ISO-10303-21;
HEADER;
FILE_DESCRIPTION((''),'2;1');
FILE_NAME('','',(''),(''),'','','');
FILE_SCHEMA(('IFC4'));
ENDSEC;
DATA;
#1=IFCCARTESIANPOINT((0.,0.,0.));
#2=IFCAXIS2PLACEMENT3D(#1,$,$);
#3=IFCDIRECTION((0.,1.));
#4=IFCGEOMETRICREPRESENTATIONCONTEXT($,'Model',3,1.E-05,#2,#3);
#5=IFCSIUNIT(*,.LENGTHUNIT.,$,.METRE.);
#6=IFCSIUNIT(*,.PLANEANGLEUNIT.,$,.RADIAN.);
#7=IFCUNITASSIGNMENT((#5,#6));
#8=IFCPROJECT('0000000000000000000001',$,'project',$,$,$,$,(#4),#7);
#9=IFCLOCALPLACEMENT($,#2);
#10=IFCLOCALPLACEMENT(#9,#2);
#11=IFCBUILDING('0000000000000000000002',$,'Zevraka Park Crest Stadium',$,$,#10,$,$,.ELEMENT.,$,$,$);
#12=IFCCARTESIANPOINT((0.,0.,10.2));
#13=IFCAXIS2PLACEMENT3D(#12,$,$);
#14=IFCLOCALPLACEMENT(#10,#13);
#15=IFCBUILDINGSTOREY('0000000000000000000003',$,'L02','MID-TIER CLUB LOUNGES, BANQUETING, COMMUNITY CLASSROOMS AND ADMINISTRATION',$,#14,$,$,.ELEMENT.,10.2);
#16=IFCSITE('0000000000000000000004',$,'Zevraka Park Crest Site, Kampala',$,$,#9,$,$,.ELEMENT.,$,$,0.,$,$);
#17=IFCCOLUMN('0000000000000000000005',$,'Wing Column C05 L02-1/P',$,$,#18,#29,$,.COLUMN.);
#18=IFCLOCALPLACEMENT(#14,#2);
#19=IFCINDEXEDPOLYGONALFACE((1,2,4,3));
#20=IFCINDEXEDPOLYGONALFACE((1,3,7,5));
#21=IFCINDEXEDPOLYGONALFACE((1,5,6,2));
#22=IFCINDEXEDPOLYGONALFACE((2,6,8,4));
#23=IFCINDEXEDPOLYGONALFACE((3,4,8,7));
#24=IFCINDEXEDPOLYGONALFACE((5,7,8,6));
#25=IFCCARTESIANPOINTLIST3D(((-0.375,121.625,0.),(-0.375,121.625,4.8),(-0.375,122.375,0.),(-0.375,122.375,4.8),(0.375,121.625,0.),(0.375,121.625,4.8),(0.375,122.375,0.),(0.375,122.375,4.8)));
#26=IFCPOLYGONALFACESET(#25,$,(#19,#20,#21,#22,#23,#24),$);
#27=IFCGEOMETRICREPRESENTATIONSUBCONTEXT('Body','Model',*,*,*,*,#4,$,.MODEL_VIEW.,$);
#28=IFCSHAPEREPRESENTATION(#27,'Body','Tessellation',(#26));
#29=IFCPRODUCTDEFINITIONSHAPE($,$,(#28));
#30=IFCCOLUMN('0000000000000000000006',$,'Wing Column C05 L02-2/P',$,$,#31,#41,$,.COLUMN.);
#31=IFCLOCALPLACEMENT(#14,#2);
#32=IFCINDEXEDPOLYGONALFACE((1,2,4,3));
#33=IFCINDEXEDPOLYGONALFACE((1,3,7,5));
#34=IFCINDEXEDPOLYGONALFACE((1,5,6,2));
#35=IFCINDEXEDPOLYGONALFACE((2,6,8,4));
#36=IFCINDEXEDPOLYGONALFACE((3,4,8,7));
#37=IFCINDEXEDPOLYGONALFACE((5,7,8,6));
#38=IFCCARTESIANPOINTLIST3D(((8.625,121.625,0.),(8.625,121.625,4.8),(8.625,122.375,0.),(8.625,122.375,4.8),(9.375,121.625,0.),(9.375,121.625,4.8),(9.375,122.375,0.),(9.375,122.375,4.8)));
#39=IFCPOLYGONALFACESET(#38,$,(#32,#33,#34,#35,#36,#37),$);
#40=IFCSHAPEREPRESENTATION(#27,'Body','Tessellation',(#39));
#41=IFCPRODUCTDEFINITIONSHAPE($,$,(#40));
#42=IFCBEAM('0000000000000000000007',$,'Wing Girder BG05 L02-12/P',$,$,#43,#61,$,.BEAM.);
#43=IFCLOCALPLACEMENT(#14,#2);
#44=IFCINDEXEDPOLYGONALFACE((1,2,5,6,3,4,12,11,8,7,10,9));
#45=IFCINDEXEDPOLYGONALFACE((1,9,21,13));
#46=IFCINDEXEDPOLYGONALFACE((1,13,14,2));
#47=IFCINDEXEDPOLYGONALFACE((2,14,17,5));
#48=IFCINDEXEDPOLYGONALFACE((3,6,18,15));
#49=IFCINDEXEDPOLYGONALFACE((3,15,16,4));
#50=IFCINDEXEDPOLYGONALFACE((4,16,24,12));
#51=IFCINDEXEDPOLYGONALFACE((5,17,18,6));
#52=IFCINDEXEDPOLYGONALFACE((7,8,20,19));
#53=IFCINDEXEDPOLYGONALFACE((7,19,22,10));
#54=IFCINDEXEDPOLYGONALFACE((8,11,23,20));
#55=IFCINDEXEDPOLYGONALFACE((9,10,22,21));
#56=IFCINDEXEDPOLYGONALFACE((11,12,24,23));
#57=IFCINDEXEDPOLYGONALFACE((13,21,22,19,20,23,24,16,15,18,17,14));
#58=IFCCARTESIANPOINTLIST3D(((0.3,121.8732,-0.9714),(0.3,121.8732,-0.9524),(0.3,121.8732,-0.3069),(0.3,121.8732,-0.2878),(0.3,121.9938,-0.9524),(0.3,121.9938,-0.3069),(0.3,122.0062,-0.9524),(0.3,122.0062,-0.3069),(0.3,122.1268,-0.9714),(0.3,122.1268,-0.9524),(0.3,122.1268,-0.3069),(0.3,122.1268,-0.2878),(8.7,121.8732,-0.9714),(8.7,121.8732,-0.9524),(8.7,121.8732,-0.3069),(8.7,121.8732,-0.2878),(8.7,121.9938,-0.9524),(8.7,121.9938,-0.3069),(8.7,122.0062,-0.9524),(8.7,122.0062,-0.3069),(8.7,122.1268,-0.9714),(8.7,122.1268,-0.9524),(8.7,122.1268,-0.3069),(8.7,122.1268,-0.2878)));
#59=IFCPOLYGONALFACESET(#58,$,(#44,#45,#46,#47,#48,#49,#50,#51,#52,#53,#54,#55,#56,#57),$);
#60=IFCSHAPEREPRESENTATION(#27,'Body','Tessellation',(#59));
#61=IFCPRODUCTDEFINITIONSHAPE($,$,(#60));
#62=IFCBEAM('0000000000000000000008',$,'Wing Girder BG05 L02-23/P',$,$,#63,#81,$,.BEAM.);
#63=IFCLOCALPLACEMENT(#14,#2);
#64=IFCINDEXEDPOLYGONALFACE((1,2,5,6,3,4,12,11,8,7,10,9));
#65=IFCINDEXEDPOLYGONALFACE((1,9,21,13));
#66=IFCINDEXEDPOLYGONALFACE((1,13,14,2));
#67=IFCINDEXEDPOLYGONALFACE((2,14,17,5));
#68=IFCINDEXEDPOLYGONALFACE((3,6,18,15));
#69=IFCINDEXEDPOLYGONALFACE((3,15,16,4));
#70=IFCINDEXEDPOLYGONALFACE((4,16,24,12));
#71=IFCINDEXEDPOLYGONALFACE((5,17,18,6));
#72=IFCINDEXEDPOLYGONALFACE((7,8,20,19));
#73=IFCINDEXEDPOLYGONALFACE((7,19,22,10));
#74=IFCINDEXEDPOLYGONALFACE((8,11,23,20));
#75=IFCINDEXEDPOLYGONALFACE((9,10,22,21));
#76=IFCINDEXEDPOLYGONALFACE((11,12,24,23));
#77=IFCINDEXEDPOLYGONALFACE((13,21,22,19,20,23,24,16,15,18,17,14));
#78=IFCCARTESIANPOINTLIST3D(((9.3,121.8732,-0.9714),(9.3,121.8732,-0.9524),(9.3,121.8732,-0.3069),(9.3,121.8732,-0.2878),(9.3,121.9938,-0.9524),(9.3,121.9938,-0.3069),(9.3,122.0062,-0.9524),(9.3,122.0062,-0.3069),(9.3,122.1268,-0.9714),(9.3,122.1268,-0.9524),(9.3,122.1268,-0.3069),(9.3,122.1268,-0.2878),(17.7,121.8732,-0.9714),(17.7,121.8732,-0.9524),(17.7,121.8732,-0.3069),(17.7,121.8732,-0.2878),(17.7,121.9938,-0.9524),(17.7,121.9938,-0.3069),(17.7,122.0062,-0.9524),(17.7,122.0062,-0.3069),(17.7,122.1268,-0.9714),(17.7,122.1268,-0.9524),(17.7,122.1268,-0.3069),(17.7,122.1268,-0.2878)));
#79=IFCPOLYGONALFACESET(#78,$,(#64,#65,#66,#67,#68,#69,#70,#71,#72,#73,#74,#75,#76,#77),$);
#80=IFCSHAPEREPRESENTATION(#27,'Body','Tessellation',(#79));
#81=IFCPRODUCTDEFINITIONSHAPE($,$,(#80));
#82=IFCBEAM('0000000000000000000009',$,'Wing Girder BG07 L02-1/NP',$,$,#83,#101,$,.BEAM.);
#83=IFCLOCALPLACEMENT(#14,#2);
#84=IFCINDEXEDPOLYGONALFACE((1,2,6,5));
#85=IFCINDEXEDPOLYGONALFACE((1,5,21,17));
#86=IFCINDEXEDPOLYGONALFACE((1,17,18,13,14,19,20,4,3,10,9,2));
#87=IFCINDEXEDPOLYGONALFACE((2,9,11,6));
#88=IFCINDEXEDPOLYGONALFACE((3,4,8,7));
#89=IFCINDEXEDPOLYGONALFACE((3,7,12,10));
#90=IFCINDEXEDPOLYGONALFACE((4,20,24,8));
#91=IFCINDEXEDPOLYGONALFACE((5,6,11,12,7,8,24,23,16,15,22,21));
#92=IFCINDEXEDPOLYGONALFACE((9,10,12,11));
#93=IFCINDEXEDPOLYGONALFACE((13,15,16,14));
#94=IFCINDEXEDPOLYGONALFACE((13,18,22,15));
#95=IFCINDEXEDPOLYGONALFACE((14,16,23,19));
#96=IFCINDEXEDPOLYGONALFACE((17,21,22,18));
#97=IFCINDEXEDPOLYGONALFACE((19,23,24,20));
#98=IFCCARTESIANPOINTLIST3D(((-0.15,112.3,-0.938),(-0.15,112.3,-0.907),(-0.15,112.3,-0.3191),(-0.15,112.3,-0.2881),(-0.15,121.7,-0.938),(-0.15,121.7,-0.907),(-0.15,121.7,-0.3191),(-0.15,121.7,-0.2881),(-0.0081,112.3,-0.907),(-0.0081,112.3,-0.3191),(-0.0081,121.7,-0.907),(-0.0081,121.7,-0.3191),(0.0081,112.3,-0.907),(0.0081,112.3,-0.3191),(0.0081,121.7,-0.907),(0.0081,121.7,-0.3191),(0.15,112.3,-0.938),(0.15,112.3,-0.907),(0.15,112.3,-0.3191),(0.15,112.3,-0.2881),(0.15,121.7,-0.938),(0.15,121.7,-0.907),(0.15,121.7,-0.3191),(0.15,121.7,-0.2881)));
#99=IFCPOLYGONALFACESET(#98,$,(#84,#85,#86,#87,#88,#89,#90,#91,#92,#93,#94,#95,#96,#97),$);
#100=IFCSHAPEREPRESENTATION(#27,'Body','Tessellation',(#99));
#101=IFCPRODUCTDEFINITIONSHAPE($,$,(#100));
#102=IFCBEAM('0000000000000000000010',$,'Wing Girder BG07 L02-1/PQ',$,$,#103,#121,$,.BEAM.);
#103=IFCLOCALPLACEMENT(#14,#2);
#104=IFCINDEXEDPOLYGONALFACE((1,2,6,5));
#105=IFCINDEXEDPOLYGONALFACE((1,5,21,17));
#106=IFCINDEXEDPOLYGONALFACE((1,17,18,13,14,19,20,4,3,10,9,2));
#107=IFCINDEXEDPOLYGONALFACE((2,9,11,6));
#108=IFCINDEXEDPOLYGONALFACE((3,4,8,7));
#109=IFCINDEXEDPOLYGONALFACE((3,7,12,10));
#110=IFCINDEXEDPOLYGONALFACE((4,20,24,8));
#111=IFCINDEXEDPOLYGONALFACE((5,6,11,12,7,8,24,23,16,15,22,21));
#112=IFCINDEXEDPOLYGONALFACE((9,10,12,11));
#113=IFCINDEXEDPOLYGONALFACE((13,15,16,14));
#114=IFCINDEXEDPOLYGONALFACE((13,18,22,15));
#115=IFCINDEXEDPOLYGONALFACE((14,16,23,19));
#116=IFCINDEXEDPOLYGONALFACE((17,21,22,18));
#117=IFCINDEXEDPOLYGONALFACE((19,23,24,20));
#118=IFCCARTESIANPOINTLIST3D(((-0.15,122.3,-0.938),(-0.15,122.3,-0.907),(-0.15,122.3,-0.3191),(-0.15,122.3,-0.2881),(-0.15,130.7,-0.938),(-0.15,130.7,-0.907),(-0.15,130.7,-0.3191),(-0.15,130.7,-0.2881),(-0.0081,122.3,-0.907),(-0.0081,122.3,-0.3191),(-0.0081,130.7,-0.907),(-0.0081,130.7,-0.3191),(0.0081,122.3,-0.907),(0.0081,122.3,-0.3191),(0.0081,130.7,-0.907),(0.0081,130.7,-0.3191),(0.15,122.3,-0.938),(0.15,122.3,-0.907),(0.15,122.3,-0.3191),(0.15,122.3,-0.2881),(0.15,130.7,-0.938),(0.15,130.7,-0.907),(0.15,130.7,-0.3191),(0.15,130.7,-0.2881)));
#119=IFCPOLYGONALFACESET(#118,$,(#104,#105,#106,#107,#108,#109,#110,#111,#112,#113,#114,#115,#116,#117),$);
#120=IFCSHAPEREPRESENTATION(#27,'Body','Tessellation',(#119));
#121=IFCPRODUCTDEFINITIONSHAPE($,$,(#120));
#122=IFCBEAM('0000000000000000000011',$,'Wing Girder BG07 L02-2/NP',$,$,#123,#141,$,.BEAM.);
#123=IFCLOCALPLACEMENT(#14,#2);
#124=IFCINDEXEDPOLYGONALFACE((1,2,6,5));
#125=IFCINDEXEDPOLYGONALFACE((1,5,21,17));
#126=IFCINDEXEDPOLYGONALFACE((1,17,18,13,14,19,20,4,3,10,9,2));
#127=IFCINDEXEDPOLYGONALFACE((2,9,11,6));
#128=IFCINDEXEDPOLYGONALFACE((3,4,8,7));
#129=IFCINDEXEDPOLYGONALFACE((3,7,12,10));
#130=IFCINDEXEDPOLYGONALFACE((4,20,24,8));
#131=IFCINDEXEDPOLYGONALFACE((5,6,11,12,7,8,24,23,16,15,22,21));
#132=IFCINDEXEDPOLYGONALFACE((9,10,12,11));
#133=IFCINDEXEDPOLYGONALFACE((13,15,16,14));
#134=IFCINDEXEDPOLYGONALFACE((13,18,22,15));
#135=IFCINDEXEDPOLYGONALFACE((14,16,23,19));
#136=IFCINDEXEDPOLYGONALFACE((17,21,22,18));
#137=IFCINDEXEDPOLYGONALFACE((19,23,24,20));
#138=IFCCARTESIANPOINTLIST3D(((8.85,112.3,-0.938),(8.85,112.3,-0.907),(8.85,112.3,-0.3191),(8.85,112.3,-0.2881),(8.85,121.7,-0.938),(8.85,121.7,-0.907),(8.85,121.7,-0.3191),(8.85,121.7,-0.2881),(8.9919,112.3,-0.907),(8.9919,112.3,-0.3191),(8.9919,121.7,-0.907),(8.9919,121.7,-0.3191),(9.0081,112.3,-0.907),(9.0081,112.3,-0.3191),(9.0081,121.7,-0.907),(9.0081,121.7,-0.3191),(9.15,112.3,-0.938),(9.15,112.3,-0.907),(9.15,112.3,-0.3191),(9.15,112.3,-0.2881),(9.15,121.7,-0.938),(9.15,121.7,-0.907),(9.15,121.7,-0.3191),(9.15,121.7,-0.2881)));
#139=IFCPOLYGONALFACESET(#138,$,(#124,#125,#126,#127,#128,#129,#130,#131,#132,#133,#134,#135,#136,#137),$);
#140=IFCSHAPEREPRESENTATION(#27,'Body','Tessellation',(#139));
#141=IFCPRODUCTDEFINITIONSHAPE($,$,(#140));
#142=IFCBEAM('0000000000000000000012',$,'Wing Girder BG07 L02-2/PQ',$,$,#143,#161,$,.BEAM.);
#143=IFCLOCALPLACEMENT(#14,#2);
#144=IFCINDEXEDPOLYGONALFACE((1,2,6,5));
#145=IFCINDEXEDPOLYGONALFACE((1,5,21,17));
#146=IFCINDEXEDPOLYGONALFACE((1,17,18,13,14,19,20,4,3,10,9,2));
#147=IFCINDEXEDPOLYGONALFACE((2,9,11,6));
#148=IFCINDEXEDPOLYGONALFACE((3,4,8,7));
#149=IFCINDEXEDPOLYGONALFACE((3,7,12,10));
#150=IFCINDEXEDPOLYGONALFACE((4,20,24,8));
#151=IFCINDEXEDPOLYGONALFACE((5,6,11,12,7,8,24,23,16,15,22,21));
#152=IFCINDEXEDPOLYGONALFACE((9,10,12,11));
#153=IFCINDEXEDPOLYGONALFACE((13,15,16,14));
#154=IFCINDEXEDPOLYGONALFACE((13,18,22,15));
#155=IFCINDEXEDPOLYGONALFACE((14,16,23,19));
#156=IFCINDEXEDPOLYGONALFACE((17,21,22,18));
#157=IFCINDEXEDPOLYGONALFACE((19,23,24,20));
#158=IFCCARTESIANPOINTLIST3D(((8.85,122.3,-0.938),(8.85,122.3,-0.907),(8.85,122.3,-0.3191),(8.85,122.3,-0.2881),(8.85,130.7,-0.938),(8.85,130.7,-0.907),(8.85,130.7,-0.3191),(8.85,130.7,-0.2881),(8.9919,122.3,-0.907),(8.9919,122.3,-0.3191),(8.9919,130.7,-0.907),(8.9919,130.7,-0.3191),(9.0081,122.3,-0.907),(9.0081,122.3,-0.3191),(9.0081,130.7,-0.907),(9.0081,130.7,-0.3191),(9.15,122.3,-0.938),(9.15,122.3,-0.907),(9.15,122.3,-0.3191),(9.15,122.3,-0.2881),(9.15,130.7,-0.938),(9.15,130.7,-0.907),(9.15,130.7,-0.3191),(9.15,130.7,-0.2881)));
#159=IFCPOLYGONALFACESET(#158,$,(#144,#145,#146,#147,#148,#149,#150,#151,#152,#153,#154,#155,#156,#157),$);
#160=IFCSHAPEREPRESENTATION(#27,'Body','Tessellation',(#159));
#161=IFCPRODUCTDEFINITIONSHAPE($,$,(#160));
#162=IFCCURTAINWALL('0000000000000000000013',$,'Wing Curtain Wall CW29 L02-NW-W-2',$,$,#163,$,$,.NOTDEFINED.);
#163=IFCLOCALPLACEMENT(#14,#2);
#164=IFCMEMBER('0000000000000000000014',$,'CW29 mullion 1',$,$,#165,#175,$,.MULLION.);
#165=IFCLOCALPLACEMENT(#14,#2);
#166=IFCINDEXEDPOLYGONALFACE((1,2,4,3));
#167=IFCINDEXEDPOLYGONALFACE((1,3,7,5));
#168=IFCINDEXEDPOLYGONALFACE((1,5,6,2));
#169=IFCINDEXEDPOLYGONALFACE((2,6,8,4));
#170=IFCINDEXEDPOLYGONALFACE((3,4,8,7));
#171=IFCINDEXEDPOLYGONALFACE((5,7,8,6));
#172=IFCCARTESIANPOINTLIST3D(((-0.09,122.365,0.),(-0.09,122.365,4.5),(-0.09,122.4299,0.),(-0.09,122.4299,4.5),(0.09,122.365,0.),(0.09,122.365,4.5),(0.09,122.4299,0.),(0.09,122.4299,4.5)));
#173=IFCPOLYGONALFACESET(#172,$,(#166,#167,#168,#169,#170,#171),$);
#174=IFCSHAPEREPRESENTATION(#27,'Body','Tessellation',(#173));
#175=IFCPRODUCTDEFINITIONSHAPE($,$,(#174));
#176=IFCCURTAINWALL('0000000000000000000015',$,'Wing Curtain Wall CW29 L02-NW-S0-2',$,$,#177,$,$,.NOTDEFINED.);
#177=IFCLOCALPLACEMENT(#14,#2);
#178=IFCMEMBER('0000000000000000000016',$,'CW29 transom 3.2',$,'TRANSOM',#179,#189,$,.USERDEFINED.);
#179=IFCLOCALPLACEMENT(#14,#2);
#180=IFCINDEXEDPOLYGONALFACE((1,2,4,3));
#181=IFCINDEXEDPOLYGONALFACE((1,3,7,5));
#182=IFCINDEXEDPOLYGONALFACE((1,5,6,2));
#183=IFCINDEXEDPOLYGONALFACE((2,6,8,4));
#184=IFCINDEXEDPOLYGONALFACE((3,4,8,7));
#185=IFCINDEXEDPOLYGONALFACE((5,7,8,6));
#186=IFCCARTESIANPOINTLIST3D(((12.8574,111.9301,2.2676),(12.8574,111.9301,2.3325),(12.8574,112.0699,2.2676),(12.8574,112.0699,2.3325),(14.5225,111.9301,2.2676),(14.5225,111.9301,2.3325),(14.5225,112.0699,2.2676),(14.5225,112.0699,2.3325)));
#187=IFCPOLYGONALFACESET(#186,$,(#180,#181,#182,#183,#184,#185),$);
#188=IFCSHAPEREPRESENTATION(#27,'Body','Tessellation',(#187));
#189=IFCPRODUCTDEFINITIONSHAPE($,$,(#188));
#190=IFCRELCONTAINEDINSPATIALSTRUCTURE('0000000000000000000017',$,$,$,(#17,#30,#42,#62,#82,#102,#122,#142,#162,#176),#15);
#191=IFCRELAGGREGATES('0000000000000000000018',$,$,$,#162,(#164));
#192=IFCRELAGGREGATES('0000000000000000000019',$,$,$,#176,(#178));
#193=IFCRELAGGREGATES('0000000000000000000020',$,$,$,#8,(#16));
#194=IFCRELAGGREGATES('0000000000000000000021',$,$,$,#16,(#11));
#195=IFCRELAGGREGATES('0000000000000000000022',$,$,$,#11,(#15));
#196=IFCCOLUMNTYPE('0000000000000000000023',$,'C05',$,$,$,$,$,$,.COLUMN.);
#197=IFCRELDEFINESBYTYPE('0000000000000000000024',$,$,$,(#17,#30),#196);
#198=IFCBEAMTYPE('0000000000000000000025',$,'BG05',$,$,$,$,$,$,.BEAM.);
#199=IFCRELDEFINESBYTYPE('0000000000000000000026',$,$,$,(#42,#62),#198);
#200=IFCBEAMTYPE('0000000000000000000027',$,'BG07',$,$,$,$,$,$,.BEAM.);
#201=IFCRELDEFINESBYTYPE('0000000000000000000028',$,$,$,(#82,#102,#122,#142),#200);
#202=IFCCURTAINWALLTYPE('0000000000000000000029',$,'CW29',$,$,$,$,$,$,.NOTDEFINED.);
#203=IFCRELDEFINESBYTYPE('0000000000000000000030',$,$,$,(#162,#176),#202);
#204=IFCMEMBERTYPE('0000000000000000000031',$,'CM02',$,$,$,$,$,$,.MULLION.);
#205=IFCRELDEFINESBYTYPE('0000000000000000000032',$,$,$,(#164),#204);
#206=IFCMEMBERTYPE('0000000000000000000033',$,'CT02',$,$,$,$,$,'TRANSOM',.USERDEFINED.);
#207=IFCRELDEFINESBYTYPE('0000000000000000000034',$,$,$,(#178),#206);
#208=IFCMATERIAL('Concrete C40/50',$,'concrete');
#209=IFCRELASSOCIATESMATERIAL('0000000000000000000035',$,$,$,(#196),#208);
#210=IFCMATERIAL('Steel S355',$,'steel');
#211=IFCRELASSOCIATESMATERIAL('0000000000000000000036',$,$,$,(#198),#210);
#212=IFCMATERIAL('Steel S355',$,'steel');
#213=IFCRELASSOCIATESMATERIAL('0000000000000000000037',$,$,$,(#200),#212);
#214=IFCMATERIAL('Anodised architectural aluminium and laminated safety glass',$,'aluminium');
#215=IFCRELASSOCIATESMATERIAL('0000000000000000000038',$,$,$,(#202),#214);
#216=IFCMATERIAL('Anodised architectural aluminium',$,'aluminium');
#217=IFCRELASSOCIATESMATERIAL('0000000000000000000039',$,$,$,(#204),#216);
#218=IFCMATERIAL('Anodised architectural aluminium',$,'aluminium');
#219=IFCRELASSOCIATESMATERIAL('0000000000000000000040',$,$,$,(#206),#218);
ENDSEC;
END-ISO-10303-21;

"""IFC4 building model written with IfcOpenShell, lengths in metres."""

from ifc_helpers import new_model, si_unit, direction, frame, origin, origin_2d, place, context, subcontext, project, spatial, rectangle, i_section, extrude, material, material_profile, profile_set, type_object, element, aggregate, save


model = new_model("IFC4")

# Units and contexts
model_context = context("Model", 3, precision=1e-05, world=origin(), true_north=direction((0.0, 1.0)))
body_context = subcontext(model_context, "Body", "Model", "MODEL_VIEW")
ifc_project = project(units=[si_unit("LENGTHUNIT", "METRE"), si_unit("PLANEANGLEUNIT", "RADIAN")], contexts=[model_context])

# Site, building, storey
site_placement = place(None, origin())
site = spatial("IfcSite", under=ifc_project, at=site_placement, Name="Zevraka Park Crest Site, Kampala", CompositionType="ELEMENT", RefElevation=0.0)
building_placement = place(site_placement, origin())
building = spatial("IfcBuilding", under=site, at=building_placement, Name="Zevraka Park Crest Stadium", CompositionType="ELEMENT")
storey_placement = place(building_placement, frame((0.0, 0.0, 10.2)))
storey = spatial("IfcBuildingStorey", under=building, at=storey_placement, Name="L02", Description="MID-TIER CLUB LOUNGES, BANQUETING, COMMUNITY CLASSROOMS AND ADMINISTRATION", CompositionType="ELEMENT", Elevation=10.2)

# Columns
ifc_material_1 = material(Name="Concrete C40/50", Category="concrete")
ifc_material_profile_1 = material_profile(ifc_material_1, rectangle(XDim=0.75, YDim=0.75, at=origin_2d()), Name="RC 750x750")
ifc_profile_set_1 = profile_set([ifc_material_profile_1], Name="Concrete C40/50")
column_type = type_object("IfcColumnType", Name="C05", PredefinedType="COLUMN", material=ifc_profile_set_1)
for number, where, z_axis, x_axis, name in (
    (1, (0.0, 122.0, 0.0), (0.0, 0.0, 1.0), (1.0, 0.0, 0.0), "Wing Column C05 L02-1/P"),
    (2, (9.0, 122.0, 0.0), (0.0, 0.0, 1.0), (1.0, 0.0, 0.0), "Wing Column C05 L02-2/P"),
):
    element("IfcColumn", number, at=place(storey_placement, frame(where, z_axis=z_axis, x_axis=x_axis)), inside=storey, type_object=column_type, Name=name, PredefinedType="COLUMN", context=body_context, shape_type="SweptSolid", body=[
        extrude(rectangle(XDim=0.75, YDim=0.75, at=origin_2d()), origin(), (0.0, 0.0, 1.0), 4.8),
    ])

# Beams
ifc_material_2 = material(Name="Steel S355", Category="steel")
ifc_material_profile_2 = material_profile(ifc_material_2, i_section(OverallWidth=0.2537, OverallDepth=0.6836, WebThickness=0.0125, FlangeThickness=0.019, at=origin_2d()), Name="UKB 686x254x140")
ifc_profile_set_2 = profile_set([ifc_material_profile_2], Name="Steel S355")
beam_type_1 = type_object("IfcBeamType", Name="BG05", PredefinedType="BEAM", material=ifc_profile_set_2)
for number, where, z_axis, x_axis, name in (
    (3, (0.3, 122.0, -0.6296), (1.0, 0.0, 0.0), (0.0, 1.0, 0.0), "Wing Girder BG05 L02-12/P"),
    (4, (9.3, 122.0, -0.6296), (1.0, 0.0, 0.0), (0.0, 1.0, 0.0), "Wing Girder BG05 L02-23/P"),
):
    element("IfcBeam", number, at=place(storey_placement, frame(where, z_axis=z_axis, x_axis=x_axis)), inside=storey, type_object=beam_type_1, Name=name, PredefinedType="BEAM", context=body_context, shape_type="SweptSolid", body=[
        extrude(i_section(OverallWidth=0.2537, OverallDepth=0.6836, WebThickness=0.0125, FlangeThickness=0.019, at=origin_2d()), origin(), (0.0, 0.0, 1.0), 8.3999),
    ])
ifc_material_3 = material(Name="Steel S355", Category="steel")
ifc_material_profile_3 = material_profile(ifc_material_3, i_section(OverallWidth=0.3, OverallDepth=0.6499, WebThickness=0.0161, FlangeThickness=0.031, at=origin_2d()), Name="HEB 650")
ifc_profile_set_3 = profile_set([ifc_material_profile_3], Name="Steel S355")
beam_type_2 = type_object("IfcBeamType", Name="BG07", PredefinedType="BEAM", material=ifc_profile_set_3)
beam_1_placement = place(storey_placement, frame((0.0, 112.3, -0.613), z_axis=(0.0, 1.0, 0.0), x_axis=(-1.0, 0.0, 0.0)))
element("IfcBeam", 5, at=beam_1_placement, inside=storey, type_object=beam_type_2, Name="Wing Girder BG07 L02-1/NP", PredefinedType="BEAM", context=body_context, shape_type="SweptSolid", body=[
    extrude(i_section(OverallWidth=0.3, OverallDepth=0.6499, WebThickness=0.0161, FlangeThickness=0.031, at=origin_2d()), origin(), (0.0, 0.0, 1.0), 9.3999),
])
beam_2_placement = place(storey_placement, frame((0.0, 122.3, -0.613), z_axis=(0.0, 1.0, 0.0), x_axis=(-1.0, 0.0, 0.0)))
element("IfcBeam", 6, at=beam_2_placement, inside=storey, type_object=beam_type_2, Name="Wing Girder BG07 L02-1/PQ", PredefinedType="BEAM", context=body_context, shape_type="SweptSolid", body=[
    extrude(i_section(OverallWidth=0.3, OverallDepth=0.6499, WebThickness=0.0161, FlangeThickness=0.031, at=origin_2d()), origin(), (0.0, 0.0, 1.0), 8.3999),
])
beam_3_placement = place(storey_placement, frame((9.0, 112.3, -0.613), z_axis=(0.0, 1.0, 0.0), x_axis=(-1.0, 0.0, 0.0)))
element("IfcBeam", 7, at=beam_3_placement, inside=storey, type_object=beam_type_2, Name="Wing Girder BG07 L02-2/NP", PredefinedType="BEAM", context=body_context, shape_type="SweptSolid", body=[
    extrude(i_section(OverallWidth=0.3, OverallDepth=0.6499, WebThickness=0.0161, FlangeThickness=0.031, at=origin_2d()), origin(), (0.0, 0.0, 1.0), 9.3999),
])
beam_4_placement = place(storey_placement, frame((9.0, 122.3, -0.613), z_axis=(0.0, 1.0, 0.0), x_axis=(-1.0, 0.0, 0.0)))
element("IfcBeam", 8, at=beam_4_placement, inside=storey, type_object=beam_type_2, Name="Wing Girder BG07 L02-2/PQ", PredefinedType="BEAM", context=body_context, shape_type="SweptSolid", body=[
    extrude(i_section(OverallWidth=0.3, OverallDepth=0.6499, WebThickness=0.0161, FlangeThickness=0.031, at=origin_2d()), origin(), (0.0, 0.0, 1.0), 8.3999),
])

# Curtain walls, members
ifc_material_4 = material(Name="Anodised architectural aluminium and laminated safety glass", Category="aluminium")
curtain_wall_type = type_object("IfcCurtainWallType", Name="CW29", PredefinedType="NOTDEFINED", material=ifc_material_4)
curtain_wall_1_placement = place(storey_placement, origin())
curtain_wall_1 = element("IfcCurtainWall", 9, at=curtain_wall_1_placement, inside=storey, type_object=curtain_wall_type, Name="Wing Curtain Wall CW29 L02-NW-W-2", PredefinedType="NOTDEFINED")
ifc_material_5 = material(Name="Anodised architectural aluminium", Category="aluminium")
ifc_material_profile_4 = material_profile(ifc_material_5, rectangle(XDim=0.1799, YDim=0.0649, at=origin_2d()), Name="ALU MULLION 180x65")
ifc_profile_set_4 = profile_set([ifc_material_profile_4], Name="Anodised architectural aluminium")
member_type_1 = type_object("IfcMemberType", Name="CM02", PredefinedType="MULLION", material=ifc_profile_set_4)
member_1_placement = place(storey_placement, frame((0.0, 122.3975, 0.0), z_axis=(0.0, 0.0, 1.0), x_axis=(-1.0, 0.0, 0.0)))
member_1 = element("IfcMember", 10, at=member_1_placement, type_object=member_type_1, Name="CW29 mullion 1", PredefinedType="MULLION", context=body_context, shape_type="SweptSolid", body=[
    extrude(rectangle(XDim=0.1799, YDim=0.0649, at=origin_2d()), origin(), (0.0, 0.0, 1.0), 4.5),
])
aggregate(curtain_wall_1, [member_1])
curtain_wall_2_placement = place(storey_placement, origin())
curtain_wall_2 = element("IfcCurtainWall", 11, at=curtain_wall_2_placement, inside=storey, type_object=curtain_wall_type, Name="Wing Curtain Wall CW29 L02-NW-S0-2", PredefinedType="NOTDEFINED")
ifc_material_6 = material(Name="Anodised architectural aluminium", Category="aluminium")
ifc_material_profile_5 = material_profile(ifc_material_6, rectangle(XDim=0.1399, YDim=0.0649, at=origin_2d()), Name="ALU TRANSOM 140x65")
ifc_profile_set_5 = profile_set([ifc_material_profile_5], Name="Anodised architectural aluminium")
member_type_2 = type_object("IfcMemberType", Name="CT02", ElementType="TRANSOM", PredefinedType="USERDEFINED", material=ifc_profile_set_5)
member_2_placement = place(storey_placement, frame((14.5225, 112.0, 2.3), z_axis=(-1.0, 0.0, 0.0), x_axis=(0.0, -1.0, 0.0)))
member_2 = element("IfcMember", 12, at=member_2_placement, type_object=member_type_2, Name="CW29 transom 3.2", ObjectType="TRANSOM", PredefinedType="USERDEFINED", context=body_context, shape_type="SweptSolid", body=[
    extrude(rectangle(XDim=0.1399, YDim=0.0649, at=origin_2d()), origin(), (0.0, 0.0, 1.0), 1.665),
])
aggregate(curtain_wall_2, [member_2])

save(model, "model.ifc")
